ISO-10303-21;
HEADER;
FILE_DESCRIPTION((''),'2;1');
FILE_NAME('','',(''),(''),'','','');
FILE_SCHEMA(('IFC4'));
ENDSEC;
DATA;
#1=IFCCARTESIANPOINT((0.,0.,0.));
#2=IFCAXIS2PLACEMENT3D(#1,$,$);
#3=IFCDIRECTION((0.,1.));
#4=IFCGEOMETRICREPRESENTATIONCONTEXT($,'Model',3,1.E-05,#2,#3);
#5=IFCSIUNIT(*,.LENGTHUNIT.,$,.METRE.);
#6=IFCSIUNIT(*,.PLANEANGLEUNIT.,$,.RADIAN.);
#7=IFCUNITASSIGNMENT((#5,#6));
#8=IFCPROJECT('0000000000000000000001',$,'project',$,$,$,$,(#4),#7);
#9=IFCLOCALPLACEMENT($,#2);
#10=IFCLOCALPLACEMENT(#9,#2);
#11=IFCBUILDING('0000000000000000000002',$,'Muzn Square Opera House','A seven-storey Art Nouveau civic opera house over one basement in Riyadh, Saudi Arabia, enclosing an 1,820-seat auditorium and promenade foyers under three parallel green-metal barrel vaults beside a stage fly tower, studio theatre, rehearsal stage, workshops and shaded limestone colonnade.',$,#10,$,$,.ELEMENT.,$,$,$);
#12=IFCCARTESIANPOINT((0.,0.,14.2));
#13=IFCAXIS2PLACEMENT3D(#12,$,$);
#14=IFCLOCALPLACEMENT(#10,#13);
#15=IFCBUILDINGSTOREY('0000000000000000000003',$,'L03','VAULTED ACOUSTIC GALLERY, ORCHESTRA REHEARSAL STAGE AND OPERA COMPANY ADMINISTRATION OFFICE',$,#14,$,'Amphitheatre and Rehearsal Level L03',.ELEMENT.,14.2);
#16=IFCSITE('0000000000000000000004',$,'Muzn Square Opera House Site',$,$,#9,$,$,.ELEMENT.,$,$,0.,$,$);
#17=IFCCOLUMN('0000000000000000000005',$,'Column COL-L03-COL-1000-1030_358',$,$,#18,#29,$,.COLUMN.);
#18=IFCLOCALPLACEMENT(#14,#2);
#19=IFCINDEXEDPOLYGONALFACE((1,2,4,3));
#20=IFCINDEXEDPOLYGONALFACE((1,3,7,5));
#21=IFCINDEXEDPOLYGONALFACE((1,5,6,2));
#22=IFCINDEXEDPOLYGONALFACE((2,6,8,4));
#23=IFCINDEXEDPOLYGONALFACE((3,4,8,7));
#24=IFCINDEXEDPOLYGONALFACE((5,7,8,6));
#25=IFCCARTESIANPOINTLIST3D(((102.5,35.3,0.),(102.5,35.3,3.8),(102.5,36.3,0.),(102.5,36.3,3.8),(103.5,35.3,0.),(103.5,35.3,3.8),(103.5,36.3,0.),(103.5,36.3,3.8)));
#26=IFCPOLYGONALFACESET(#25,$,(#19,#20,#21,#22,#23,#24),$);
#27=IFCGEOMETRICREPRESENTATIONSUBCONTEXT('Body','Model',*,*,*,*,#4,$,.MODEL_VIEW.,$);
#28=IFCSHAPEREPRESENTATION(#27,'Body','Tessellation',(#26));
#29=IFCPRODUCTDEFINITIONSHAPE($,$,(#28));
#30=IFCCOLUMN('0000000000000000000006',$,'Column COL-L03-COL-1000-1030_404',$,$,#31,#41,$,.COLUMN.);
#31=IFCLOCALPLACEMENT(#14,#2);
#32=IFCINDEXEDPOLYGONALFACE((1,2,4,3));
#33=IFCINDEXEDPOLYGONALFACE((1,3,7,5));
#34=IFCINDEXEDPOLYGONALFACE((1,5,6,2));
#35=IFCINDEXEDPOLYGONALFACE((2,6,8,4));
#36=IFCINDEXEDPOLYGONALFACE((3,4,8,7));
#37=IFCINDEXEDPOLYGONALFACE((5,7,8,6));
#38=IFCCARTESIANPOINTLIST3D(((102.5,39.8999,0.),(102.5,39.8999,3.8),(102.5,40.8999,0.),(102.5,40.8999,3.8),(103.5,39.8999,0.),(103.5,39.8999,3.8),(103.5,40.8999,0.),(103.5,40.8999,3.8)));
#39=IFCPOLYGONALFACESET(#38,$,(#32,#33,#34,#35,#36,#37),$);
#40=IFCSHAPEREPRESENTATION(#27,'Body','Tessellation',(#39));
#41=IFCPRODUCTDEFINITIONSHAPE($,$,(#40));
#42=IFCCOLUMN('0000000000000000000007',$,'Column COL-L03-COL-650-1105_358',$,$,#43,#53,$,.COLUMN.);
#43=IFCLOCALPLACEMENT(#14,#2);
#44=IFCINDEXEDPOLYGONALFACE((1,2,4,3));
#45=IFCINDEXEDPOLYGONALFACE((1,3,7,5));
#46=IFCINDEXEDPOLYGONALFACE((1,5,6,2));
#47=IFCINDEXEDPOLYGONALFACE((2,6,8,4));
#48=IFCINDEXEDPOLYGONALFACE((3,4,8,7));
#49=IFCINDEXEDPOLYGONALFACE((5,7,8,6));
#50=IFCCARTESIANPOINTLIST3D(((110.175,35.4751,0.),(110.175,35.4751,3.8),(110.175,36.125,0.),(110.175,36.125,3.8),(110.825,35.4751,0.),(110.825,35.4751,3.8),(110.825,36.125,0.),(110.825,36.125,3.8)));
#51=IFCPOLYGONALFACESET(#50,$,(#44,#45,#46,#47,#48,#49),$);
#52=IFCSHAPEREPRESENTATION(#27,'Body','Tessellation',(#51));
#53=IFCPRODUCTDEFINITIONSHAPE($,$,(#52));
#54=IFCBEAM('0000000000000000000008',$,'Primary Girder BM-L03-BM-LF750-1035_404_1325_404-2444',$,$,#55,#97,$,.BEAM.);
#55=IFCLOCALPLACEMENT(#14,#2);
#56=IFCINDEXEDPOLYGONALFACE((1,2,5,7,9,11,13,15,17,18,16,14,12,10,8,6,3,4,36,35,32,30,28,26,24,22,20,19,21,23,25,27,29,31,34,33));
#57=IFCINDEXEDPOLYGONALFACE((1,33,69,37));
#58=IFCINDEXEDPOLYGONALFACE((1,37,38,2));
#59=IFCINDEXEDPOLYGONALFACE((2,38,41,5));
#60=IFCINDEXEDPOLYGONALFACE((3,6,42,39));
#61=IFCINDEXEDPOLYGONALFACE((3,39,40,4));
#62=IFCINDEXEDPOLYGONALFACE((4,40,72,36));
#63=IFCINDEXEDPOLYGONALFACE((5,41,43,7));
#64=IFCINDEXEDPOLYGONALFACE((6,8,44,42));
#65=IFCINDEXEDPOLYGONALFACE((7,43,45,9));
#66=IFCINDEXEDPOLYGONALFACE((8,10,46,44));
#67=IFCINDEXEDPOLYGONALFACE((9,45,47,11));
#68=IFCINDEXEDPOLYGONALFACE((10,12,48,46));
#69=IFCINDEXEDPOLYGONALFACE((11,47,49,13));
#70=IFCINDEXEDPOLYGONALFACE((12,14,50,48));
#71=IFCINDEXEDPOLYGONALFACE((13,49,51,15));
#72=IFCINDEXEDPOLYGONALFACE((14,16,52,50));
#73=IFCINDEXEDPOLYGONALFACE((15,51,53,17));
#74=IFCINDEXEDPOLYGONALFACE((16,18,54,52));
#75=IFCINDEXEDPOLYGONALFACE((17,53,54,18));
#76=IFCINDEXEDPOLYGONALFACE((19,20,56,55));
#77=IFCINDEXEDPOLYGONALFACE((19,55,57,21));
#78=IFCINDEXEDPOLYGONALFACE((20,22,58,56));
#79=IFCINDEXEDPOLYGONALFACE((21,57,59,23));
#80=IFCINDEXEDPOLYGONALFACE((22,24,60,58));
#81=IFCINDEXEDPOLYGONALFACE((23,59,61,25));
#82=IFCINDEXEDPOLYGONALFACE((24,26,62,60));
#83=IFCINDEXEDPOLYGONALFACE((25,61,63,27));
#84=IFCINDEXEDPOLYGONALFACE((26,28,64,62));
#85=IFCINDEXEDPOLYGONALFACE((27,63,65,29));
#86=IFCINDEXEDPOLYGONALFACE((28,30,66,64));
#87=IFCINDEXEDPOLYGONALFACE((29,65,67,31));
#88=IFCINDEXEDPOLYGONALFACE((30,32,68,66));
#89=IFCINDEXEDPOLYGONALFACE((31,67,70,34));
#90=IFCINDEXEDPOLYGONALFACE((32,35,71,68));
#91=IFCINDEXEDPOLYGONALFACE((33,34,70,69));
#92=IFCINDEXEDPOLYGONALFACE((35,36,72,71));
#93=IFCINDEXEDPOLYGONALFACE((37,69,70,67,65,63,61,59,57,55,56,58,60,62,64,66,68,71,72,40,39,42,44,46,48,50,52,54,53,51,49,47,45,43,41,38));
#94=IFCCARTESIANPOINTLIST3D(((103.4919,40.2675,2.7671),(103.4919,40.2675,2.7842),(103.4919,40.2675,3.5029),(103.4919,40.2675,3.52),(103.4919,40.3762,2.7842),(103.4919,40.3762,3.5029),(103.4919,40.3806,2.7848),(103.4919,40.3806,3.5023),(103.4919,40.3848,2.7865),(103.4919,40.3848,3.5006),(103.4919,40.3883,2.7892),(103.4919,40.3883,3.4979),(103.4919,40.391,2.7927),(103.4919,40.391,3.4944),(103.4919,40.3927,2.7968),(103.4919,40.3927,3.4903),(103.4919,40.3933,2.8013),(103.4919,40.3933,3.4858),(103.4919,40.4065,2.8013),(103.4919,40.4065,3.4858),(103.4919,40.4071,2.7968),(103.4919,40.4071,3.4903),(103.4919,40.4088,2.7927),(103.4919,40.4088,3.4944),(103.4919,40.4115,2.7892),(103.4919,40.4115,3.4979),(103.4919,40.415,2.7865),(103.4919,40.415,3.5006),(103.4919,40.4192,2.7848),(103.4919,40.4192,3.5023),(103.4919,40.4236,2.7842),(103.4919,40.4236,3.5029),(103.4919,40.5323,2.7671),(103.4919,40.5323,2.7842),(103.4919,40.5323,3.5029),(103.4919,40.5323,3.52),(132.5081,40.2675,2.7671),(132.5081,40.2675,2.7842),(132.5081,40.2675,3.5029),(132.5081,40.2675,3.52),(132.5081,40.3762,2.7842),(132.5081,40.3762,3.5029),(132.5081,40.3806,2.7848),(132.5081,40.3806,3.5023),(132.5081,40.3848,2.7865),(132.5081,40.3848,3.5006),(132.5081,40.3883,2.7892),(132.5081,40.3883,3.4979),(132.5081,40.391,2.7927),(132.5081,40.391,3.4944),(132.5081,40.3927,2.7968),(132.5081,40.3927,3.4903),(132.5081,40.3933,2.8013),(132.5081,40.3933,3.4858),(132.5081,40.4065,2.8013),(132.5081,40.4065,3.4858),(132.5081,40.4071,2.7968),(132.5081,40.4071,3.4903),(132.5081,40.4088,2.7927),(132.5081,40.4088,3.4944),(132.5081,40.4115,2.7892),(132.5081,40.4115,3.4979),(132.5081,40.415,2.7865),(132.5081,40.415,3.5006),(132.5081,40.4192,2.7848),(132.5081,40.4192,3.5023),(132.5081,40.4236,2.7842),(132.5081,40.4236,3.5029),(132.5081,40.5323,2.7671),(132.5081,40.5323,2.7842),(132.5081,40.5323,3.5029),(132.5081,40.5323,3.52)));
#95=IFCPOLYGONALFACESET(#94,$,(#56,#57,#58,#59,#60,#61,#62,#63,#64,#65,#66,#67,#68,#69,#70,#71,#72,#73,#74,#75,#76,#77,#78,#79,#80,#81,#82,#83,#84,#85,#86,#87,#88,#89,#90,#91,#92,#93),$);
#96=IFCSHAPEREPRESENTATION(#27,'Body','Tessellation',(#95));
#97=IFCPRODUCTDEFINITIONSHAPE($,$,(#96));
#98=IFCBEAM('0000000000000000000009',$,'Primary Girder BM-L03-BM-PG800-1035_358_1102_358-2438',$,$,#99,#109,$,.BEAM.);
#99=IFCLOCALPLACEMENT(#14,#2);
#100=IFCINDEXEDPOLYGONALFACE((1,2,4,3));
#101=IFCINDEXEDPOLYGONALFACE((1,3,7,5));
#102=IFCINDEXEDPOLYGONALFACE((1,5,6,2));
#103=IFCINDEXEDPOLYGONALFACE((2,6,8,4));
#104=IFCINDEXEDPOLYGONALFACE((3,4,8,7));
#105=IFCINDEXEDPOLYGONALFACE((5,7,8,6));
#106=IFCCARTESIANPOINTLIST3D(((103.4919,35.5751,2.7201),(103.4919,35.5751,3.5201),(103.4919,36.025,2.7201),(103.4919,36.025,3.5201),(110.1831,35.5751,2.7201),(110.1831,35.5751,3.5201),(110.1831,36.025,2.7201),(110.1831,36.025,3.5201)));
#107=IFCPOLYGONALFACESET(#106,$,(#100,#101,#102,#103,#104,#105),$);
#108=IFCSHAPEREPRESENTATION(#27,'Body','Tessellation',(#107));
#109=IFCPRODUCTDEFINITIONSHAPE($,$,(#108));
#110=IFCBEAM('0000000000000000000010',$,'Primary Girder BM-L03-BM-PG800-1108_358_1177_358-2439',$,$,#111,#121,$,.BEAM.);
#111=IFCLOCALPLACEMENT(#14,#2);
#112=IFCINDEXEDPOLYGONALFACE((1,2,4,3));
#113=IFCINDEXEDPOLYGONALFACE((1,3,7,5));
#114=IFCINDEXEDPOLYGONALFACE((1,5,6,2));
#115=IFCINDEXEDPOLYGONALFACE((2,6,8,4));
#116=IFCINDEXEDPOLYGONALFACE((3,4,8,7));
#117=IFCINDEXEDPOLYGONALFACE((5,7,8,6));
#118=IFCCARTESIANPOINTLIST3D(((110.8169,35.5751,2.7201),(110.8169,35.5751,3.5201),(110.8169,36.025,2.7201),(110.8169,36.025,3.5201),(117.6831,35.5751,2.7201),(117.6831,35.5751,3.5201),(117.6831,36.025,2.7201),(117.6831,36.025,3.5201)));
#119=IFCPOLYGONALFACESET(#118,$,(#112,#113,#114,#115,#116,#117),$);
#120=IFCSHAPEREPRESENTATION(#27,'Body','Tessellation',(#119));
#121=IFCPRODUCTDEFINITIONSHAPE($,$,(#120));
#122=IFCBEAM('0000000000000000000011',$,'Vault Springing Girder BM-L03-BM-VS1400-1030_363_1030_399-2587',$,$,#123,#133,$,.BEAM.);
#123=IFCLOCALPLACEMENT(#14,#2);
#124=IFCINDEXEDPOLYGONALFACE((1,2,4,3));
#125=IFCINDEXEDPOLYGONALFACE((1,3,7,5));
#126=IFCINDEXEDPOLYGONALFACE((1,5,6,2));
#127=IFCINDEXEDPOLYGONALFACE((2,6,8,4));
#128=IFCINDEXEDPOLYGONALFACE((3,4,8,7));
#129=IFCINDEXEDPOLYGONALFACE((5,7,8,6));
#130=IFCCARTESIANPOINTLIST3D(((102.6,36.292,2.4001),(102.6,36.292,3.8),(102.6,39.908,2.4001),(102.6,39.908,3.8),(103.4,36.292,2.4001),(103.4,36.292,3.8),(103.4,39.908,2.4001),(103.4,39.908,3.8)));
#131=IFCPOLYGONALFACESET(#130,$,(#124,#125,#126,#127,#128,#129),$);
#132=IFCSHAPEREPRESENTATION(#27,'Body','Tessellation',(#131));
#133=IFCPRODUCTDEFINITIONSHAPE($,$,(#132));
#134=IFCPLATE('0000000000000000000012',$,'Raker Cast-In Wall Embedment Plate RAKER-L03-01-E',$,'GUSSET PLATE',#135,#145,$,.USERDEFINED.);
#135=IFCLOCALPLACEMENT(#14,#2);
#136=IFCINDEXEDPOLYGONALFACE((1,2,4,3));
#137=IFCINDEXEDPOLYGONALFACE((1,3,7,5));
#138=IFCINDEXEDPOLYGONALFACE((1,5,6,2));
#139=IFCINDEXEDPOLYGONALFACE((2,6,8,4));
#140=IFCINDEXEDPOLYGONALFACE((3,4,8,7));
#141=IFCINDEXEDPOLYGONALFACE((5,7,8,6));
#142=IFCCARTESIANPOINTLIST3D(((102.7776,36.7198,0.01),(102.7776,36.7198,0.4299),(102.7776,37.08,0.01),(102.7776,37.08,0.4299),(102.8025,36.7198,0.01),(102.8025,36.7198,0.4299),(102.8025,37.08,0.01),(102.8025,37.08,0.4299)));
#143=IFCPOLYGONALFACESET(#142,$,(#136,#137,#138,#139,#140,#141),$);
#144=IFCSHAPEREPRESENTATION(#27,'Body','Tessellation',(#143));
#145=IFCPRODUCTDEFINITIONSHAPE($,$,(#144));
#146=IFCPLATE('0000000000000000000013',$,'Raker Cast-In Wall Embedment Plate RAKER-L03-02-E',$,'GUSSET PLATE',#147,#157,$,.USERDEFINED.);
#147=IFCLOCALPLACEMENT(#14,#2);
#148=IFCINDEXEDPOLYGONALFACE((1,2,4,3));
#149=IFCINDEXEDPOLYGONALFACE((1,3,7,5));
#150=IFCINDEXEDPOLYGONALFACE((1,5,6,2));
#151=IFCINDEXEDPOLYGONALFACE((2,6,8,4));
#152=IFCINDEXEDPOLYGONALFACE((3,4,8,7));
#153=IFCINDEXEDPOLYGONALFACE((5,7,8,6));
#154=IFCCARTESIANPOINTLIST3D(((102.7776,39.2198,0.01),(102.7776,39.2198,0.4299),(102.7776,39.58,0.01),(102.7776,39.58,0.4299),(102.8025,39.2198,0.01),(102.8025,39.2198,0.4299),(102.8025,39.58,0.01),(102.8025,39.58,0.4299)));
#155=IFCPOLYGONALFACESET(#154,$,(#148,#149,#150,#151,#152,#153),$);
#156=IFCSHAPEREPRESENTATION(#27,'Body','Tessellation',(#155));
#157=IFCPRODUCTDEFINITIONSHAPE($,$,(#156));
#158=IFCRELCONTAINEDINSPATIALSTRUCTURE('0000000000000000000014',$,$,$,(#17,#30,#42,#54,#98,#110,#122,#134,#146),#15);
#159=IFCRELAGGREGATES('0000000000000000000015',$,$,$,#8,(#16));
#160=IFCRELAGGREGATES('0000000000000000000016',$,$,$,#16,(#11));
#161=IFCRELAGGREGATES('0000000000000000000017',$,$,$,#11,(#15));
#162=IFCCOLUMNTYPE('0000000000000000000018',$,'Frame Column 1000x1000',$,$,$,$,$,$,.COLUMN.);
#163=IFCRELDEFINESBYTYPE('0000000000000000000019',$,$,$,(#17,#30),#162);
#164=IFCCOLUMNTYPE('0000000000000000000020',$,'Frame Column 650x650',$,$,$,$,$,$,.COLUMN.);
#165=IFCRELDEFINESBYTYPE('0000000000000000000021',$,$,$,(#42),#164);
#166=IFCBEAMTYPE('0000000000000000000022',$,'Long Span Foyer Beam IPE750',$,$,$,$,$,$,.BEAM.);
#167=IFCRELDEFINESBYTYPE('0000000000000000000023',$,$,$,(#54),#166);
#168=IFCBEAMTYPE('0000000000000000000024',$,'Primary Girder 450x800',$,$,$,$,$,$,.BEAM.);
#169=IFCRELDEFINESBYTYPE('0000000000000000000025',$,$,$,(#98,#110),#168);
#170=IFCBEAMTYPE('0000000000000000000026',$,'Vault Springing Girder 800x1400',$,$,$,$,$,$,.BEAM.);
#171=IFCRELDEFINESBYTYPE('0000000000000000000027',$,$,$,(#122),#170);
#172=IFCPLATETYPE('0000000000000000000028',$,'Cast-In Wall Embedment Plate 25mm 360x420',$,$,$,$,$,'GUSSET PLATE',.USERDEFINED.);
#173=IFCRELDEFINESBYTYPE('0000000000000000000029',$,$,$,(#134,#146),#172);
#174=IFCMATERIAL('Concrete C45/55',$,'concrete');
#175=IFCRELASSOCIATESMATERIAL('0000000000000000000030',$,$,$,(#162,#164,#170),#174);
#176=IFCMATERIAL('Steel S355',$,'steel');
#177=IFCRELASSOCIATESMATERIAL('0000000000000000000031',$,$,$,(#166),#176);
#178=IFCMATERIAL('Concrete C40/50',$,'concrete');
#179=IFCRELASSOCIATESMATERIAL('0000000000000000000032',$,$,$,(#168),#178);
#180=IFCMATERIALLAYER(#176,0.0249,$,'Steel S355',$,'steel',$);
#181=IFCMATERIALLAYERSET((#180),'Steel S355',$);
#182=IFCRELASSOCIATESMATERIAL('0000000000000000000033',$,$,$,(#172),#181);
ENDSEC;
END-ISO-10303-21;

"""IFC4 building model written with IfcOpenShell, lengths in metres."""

from ifc_helpers import new_model, si_unit, direction, frame, origin, origin_2d, place, context, subcontext, project, spatial, rectangle, i_section, extrude, material, layer, layer_set, material_profile, profile_set, type_object, element, save


model = new_model("IFC4")

# Units and contexts
model_context = context("Model", 3, precision=1e-05, world=origin(), true_north=direction((0.0, 1.0)))
body_context = subcontext(model_context, "Body", "Model", "MODEL_VIEW")
ifc_project = project(units=[si_unit("LENGTHUNIT", "METRE"), si_unit("PLANEANGLEUNIT", "RADIAN")], contexts=[model_context])

# Site, building, storey
site_placement = place(None, origin())
site = spatial("IfcSite", under=ifc_project, at=site_placement, Name="Muzn Square Opera House Site", CompositionType="ELEMENT", RefElevation=0.0)
building_placement = place(site_placement, origin())
building = spatial("IfcBuilding", under=site, at=building_placement, Name="Muzn Square Opera House", Description="A seven-storey Art Nouveau civic opera house over one basement in Riyadh, Saudi Arabia, enclosing an 1,820-seat auditorium and promenade foyers under three parallel green-metal barrel vaults beside a stage fly tower, studio theatre, rehearsal stage, workshops and shaded limestone colonnade.", CompositionType="ELEMENT")
storey_placement = place(building_placement, frame((0.0, 0.0, 14.2)))
storey = spatial("IfcBuildingStorey", under=building, at=storey_placement, Name="L03", Description="VAULTED ACOUSTIC GALLERY, ORCHESTRA REHEARSAL STAGE AND OPERA COMPANY ADMINISTRATION OFFICE", LongName="Amphitheatre and Rehearsal Level L03", CompositionType="ELEMENT", Elevation=14.2)

# Columns
ifc_material_1 = material(Name="Concrete C45/55", Category="concrete")
ifc_material_profile_1 = material_profile(ifc_material_1, rectangle(XDim=1.0, YDim=1.0, at=origin_2d()), Name="RC 1000x1000", Category="concrete")
ifc_profile_set_1 = profile_set([ifc_material_profile_1], Name="Concrete C45/55")
column_type_1 = type_object("IfcColumnType", Name="Frame Column 1000x1000", PredefinedType="COLUMN", material=ifc_profile_set_1)
for number, where, z_axis, x_axis, name in (
    (1, (103.0, 35.8, 0.0), (0.0, 0.0, 1.0), (1.0, 0.0, 0.0), "Column COL-L03-COL-1000-1030_358"),
    (2, (103.0, 40.3999, 0.0), (0.0, 0.0, 1.0), (1.0, 0.0, 0.0), "Column COL-L03-COL-1000-1030_404"),
):
    element("IfcColumn", number, at=place(storey_placement, frame(where, z_axis=z_axis, x_axis=x_axis)), inside=storey, type_object=column_type_1, Name=name, PredefinedType="COLUMN", context=body_context, shape_type="SweptSolid", body=[
        extrude(rectangle(XDim=1.0, YDim=1.0, at=origin_2d()), origin(), (0.0, 0.0, 1.0), 3.8),
    ])
ifc_material_profile_2 = material_profile(ifc_material_1, rectangle(XDim=0.6499, YDim=0.6499, at=origin_2d()), Name="RC 650x650", Category="concrete")
ifc_profile_set_2 = profile_set([ifc_material_profile_2], Name="Concrete C45/55")
column_type_2 = type_object("IfcColumnType", Name="Frame Column 650x650", PredefinedType="COLUMN", material=ifc_profile_set_2)
column_placement = place(storey_placement, frame((110.5, 35.8, 0.0), z_axis=(0.0, 0.0, 1.0), x_axis=(1.0, 0.0, 0.0)))
element("IfcColumn", 3, at=column_placement, inside=storey, type_object=column_type_2, Name="Column COL-L03-COL-650-1105_358", PredefinedType="COLUMN", context=body_context, shape_type="SweptSolid", body=[
    extrude(rectangle(XDim=0.6499, YDim=0.6499, at=origin_2d()), origin(), (0.0, 0.0, 1.0), 3.8),
])

# Beams
ifc_material_2 = material(Name="Steel S355", Category="steel")
ifc_material_profile_3 = material_profile(ifc_material_2, i_section(OverallWidth=0.2649, OverallDepth=0.7529, WebThickness=0.0132, FlangeThickness=0.0171, FilletRadius=0.0171, at=origin_2d()), Name="IPE 750x147", Category="steel")
ifc_profile_set_3 = profile_set([ifc_material_profile_3], Name="Steel S355")
beam_type_1 = type_object("IfcBeamType", Name="Long Span Foyer Beam IPE750", PredefinedType="BEAM", material=ifc_profile_set_3)
beam_1_placement = place(storey_placement, frame((103.4919, 40.3999, 3.1436), z_axis=(1.0, 0.0, 0.0), x_axis=(0.0, 1.0, 0.0)))
element("IfcBeam", 4, at=beam_1_placement, inside=storey, type_object=beam_type_1, Name="Primary Girder BM-L03-BM-LF750-1035_404_1325_404-2444", PredefinedType="BEAM", context=body_context, shape_type="SweptSolid", body=[
    extrude(i_section(OverallWidth=0.2649, OverallDepth=0.7529, WebThickness=0.0132, FlangeThickness=0.0171, FilletRadius=0.0171, at=origin_2d()), origin(), (0.0, 0.0, 1.0), 29.0161),
])
ifc_material_3 = material(Name="Concrete C40/50", Category="concrete")
ifc_material_profile_4 = material_profile(ifc_material_3, rectangle(XDim=0.45, YDim=0.8, at=origin_2d()), Name="RCB 450x800", Category="concrete")
ifc_profile_set_4 = profile_set([ifc_material_profile_4], Name="Concrete C40/50")
beam_type_2 = type_object("IfcBeamType", Name="Primary Girder 450x800", PredefinedType="BEAM", material=ifc_profile_set_4)
beam_2_placement = place(storey_placement, frame((103.4919, 35.8, 3.1201), z_axis=(1.0, 0.0, 0.0), x_axis=(0.0, 1.0, 0.0)))
element("IfcBeam", 5, at=beam_2_placement, inside=storey, type_object=beam_type_2, Name="Primary Girder BM-L03-BM-PG800-1035_358_1102_358-2438", PredefinedType="BEAM", context=body_context, shape_type="SweptSolid", body=[
    extrude(rectangle(XDim=0.45, YDim=0.8, at=origin_2d()), origin(), (0.0, 0.0, 1.0), 6.6912),
])
beam_3_placement = place(storey_placement, frame((110.8169, 35.8, 3.1201), z_axis=(1.0, 0.0, 0.0), x_axis=(0.0, 1.0, 0.0)))
element("IfcBeam", 6, at=beam_3_placement, inside=storey, type_object=beam_type_2, Name="Primary Girder BM-L03-BM-PG800-1108_358_1177_358-2439", PredefinedType="BEAM", context=body_context, shape_type="SweptSolid", body=[
    extrude(rectangle(XDim=0.45, YDim=0.8, at=origin_2d()), origin(), (0.0, 0.0, 1.0), 6.8662),
])
ifc_material_profile_5 = material_profile(ifc_material_1, rectangle(XDim=0.8, YDim=1.3999, at=origin_2d()), Name="RCB 800x1400", Category="concrete")
ifc_profile_set_5 = profile_set([ifc_material_profile_5], Name="Concrete C45/55")
beam_type_3 = type_object("IfcBeamType", Name="Vault Springing Girder 800x1400", PredefinedType="BEAM", material=ifc_profile_set_5)
beam_4_placement = place(storey_placement, frame((103.0, 36.292, 3.1001), z_axis=(0.0, 1.0, 0.0), x_axis=(-1.0, 0.0, 0.0)))
element("IfcBeam", 7, at=beam_4_placement, inside=storey, type_object=beam_type_3, Name="Vault Springing Girder BM-L03-BM-VS1400-1030_363_1030_399-2587", PredefinedType="BEAM", context=body_context, shape_type="SweptSolid", body=[
    extrude(rectangle(XDim=0.8, YDim=1.3999, at=origin_2d()), origin(), (0.0, 0.0, 1.0), 3.616),
])

# Plates
ifc_layer_1 = layer(ifc_material_2, 0.0249, Name="Steel S355", Category="steel")
ifc_layer_set_1 = layer_set([ifc_layer_1], Name="Steel S355")
plate_type = type_object("IfcPlateType", Name="Cast-In Wall Embedment Plate 25mm 360x420", ElementType="GUSSET PLATE", PredefinedType="USERDEFINED", material=ifc_layer_set_1)
for number, where, z_axis, x_axis, name in (
    (8, (102.79, 36.8999, 0.01), (0.0, 0.0, 1.0), (1.0, 0.0, 0.0), "Raker Cast-In Wall Embedment Plate RAKER-L03-01-E"),
    (9, (102.79, 39.3999, 0.01), (0.0, 0.0, 1.0), (1.0, 0.0, 0.0), "Raker Cast-In Wall Embedment Plate RAKER-L03-02-E"),
):
    element("IfcPlate", number, at=place(storey_placement, frame(where, z_axis=z_axis, x_axis=x_axis)), inside=storey, type_object=plate_type, Name=name, ObjectType="GUSSET PLATE", PredefinedType="USERDEFINED", context=body_context, shape_type="SweptSolid", body=[
        extrude(rectangle(XDim=0.0249, YDim=0.3601, at=origin_2d()), origin(), (0.0, 0.0, 1.0), 0.4199),
    ])

save(model, "model.ifc")
